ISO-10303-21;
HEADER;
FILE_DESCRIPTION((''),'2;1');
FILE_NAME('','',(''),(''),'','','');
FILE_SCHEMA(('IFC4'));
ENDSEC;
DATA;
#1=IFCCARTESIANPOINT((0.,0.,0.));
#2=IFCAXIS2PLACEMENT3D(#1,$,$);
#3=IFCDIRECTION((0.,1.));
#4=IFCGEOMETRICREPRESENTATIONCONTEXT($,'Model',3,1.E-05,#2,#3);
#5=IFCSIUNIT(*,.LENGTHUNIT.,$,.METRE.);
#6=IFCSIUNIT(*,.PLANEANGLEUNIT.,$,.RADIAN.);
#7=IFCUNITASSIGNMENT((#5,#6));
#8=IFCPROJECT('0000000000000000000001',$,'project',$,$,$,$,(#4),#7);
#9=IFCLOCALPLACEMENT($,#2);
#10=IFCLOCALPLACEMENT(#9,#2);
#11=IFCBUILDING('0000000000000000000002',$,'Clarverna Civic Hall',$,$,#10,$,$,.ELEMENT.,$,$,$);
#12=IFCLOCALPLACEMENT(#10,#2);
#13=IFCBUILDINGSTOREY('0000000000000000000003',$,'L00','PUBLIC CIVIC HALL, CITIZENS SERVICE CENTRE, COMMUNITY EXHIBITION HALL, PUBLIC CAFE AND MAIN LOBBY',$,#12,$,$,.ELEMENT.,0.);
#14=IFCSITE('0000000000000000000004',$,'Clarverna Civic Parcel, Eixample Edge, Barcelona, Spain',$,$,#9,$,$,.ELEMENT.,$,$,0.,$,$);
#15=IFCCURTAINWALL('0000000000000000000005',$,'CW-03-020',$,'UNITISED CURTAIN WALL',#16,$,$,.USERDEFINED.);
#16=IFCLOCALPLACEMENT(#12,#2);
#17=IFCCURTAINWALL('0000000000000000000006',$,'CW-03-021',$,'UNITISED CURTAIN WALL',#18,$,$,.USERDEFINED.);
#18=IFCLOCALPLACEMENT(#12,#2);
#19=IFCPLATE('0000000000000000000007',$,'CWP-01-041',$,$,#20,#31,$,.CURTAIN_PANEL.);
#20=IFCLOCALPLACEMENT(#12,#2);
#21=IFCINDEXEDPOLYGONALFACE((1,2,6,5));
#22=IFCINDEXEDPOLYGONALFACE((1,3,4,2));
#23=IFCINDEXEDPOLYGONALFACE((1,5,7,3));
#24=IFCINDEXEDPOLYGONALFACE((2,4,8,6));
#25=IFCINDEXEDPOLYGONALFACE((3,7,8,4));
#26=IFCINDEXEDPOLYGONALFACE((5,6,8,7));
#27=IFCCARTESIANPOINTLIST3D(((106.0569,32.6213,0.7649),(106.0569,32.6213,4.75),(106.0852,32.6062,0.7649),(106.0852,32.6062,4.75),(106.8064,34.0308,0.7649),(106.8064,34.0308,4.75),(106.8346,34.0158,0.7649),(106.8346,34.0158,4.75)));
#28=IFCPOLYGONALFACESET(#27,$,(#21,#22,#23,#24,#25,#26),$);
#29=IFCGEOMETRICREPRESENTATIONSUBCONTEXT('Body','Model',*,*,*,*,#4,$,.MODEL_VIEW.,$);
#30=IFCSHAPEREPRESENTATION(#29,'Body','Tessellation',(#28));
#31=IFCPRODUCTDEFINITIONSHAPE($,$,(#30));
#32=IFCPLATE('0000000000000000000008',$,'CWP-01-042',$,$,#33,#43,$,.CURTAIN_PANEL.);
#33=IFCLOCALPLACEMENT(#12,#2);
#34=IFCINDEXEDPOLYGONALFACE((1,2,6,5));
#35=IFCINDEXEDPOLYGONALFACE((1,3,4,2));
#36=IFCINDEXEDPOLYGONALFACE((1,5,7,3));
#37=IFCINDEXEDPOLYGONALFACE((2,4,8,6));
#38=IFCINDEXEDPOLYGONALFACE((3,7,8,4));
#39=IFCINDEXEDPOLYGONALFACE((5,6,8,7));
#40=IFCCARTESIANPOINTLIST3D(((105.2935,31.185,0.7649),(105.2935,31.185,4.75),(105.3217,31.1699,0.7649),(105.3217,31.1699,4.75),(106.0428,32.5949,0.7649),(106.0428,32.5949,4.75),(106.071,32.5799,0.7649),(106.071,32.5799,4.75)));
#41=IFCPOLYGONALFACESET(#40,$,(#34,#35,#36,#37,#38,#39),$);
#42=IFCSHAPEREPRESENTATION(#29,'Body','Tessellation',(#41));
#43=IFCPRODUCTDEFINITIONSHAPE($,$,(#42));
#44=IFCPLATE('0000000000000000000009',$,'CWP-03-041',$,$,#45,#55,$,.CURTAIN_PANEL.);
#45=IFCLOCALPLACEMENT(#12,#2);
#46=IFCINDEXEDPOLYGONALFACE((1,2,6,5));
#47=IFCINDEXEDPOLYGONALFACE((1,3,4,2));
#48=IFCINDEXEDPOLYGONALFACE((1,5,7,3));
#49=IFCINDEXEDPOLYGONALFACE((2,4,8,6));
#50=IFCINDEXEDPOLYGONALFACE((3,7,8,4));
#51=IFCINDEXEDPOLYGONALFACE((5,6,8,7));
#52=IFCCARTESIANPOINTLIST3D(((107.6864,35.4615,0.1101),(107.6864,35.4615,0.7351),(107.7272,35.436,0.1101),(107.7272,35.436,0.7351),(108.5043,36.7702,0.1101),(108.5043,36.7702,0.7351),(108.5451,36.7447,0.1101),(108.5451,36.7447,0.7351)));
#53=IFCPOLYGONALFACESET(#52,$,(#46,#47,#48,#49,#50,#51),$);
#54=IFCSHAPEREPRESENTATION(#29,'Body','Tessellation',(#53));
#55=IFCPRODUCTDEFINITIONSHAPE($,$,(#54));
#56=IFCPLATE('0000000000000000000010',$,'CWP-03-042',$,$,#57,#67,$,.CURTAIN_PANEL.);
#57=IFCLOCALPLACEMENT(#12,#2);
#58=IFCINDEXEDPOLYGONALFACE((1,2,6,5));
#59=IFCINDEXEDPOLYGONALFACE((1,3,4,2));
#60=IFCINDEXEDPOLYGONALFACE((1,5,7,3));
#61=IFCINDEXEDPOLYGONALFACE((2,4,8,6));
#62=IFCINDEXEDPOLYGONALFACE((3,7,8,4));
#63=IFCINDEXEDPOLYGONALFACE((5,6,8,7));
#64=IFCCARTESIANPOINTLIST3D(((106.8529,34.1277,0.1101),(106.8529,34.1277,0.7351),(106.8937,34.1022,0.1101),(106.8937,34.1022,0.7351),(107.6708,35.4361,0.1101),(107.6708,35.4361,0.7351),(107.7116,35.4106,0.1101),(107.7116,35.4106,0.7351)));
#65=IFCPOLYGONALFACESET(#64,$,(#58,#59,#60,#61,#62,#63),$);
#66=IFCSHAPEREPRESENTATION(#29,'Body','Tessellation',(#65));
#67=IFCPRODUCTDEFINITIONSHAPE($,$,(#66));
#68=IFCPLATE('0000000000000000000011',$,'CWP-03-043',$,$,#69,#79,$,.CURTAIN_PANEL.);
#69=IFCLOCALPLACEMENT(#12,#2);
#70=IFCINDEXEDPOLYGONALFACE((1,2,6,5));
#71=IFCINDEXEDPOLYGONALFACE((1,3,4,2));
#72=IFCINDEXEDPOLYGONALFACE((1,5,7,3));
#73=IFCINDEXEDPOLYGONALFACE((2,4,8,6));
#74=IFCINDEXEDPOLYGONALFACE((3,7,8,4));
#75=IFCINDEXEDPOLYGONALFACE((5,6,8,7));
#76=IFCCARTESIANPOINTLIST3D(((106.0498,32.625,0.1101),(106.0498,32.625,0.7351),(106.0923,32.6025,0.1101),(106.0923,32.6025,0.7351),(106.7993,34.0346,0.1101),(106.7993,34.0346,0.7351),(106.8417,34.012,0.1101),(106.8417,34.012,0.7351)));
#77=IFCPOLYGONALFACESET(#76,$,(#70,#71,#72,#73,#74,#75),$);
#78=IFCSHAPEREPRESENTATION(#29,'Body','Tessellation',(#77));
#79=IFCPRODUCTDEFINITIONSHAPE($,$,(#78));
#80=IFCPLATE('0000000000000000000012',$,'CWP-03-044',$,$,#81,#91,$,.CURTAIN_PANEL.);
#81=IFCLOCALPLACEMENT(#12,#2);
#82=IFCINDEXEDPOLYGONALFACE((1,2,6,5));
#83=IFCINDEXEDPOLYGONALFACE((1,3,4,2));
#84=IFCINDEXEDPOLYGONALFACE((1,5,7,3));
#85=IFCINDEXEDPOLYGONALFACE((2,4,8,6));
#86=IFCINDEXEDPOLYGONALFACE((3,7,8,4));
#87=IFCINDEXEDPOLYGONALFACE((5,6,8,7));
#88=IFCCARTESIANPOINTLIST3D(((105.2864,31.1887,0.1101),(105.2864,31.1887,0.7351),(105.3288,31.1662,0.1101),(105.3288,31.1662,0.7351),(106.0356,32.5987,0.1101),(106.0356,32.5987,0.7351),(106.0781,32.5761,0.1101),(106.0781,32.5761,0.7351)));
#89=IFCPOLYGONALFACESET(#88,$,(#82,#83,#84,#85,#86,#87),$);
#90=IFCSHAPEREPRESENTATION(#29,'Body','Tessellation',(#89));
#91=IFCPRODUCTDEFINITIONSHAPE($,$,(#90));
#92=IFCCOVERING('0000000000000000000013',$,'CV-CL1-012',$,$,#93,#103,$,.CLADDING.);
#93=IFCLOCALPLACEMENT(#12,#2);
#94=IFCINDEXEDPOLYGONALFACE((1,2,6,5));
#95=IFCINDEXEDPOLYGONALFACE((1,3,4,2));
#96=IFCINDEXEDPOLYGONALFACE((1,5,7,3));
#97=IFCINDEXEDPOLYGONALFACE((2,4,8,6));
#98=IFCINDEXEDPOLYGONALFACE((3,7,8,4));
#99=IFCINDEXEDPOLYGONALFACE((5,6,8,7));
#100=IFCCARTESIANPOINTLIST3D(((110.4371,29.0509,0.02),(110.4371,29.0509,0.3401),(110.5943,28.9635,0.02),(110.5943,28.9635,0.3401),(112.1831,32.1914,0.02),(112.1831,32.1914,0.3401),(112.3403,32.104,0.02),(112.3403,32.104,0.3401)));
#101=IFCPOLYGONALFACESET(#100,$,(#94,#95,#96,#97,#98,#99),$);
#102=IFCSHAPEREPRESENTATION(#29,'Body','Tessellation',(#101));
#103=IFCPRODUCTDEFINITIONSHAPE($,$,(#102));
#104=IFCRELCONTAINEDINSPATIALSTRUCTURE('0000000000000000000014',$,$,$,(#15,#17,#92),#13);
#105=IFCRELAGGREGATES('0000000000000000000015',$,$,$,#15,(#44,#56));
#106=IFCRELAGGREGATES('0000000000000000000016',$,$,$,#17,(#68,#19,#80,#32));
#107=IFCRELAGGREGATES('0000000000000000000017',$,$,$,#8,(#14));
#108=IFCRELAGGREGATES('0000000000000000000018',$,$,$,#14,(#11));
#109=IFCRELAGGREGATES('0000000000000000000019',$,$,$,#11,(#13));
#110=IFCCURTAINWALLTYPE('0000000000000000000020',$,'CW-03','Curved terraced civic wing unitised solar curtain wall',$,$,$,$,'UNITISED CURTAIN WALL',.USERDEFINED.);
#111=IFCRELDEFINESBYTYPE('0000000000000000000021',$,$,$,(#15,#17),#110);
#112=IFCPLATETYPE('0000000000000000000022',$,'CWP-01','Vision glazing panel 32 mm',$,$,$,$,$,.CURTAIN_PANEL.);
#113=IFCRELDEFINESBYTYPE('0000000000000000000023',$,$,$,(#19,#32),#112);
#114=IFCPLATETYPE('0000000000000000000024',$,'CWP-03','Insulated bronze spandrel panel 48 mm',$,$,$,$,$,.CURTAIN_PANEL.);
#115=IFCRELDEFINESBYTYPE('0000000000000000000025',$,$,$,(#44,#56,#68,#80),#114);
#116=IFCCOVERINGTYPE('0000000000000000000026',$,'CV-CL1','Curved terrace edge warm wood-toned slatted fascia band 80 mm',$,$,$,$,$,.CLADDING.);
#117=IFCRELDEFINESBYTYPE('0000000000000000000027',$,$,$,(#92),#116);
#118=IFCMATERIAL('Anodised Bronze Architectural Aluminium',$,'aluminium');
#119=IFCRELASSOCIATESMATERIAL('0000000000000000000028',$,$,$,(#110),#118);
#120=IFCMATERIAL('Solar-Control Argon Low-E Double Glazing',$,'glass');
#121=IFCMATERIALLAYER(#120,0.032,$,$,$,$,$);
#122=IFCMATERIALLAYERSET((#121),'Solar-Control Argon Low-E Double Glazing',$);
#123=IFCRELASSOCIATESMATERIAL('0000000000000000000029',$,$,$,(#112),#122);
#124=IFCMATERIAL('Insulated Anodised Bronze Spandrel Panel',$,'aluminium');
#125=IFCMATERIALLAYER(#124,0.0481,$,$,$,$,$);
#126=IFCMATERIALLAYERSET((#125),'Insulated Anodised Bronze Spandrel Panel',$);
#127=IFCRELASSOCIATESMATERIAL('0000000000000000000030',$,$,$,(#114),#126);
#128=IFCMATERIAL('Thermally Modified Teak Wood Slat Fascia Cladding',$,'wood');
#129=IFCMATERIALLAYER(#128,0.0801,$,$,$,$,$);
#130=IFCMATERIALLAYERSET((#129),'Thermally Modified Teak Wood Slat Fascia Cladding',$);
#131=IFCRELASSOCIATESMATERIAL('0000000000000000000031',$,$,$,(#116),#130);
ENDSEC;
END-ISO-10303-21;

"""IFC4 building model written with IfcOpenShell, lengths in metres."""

from ifc_helpers import new_model, si_unit, direction, frame, frame_2d, origin, place, context, subcontext, project, spatial, rectangle, extrude, material, layer, layer_set, type_object, element, aggregate, save


model = new_model("IFC4")

# Units and contexts
model_context = context("Model", 3, precision=1e-05, world=origin(), true_north=direction((0.0, 1.0)))
body_context = subcontext(model_context, "Body", "Model", "MODEL_VIEW")
ifc_project = project(units=[si_unit("LENGTHUNIT", "METRE"), si_unit("PLANEANGLEUNIT", "RADIAN")], contexts=[model_context])

# Site, building, storey
site_placement = place(None, origin())
site = spatial("IfcSite", under=ifc_project, at=site_placement, Name="Clarverna Civic Parcel, Eixample Edge, Barcelona, Spain", CompositionType="ELEMENT", RefElevation=0.0)
building_placement = place(site_placement, origin())
building = spatial("IfcBuilding", under=site, at=building_placement, Name="Clarverna Civic Hall", CompositionType="ELEMENT")
storey_placement = place(building_placement, origin())
storey = spatial("IfcBuildingStorey", under=building, at=storey_placement, Name="L00", Description="PUBLIC CIVIC HALL, CITIZENS SERVICE CENTRE, COMMUNITY EXHIBITION HALL, PUBLIC CAFE AND MAIN LOBBY", CompositionType="ELEMENT", Elevation=0.0)

# Curtain walls
ifc_material_1 = material(Name="Anodised Bronze Architectural Aluminium", Category="aluminium")
curtain_wall_type = type_object("IfcCurtainWallType", Name="CW-03", Description="Curved terraced civic wing unitised solar curtain wall", ElementType="UNITISED CURTAIN WALL", PredefinedType="USERDEFINED", material=ifc_material_1)
curtain_wall_1_placement = place(storey_placement, origin())
curtain_wall_1 = element("IfcCurtainWall", 1, at=curtain_wall_1_placement, inside=storey, type_object=curtain_wall_type, Name="CW-03-020", ObjectType="UNITISED CURTAIN WALL", PredefinedType="USERDEFINED")
curtain_wall_2_placement = place(storey_placement, origin())
curtain_wall_2 = element("IfcCurtainWall", 2, at=curtain_wall_2_placement, inside=storey, type_object=curtain_wall_type, Name="CW-03-021", ObjectType="UNITISED CURTAIN WALL", PredefinedType="USERDEFINED")

# Plates
ifc_material_2 = material(Name="Solar-Control Argon Low-E Double Glazing", Category="glass")
ifc_layer_1 = layer(ifc_material_2, 0.032)
ifc_layer_set_1 = layer_set([ifc_layer_1], Name="Solar-Control Argon Low-E Double Glazing")
plate_type_1 = type_object("IfcPlateType", Name="CWP-01", Description="Vision glazing panel 32 mm", PredefinedType="CURTAIN_PANEL", material=ifc_layer_set_1)
plate_1_placement = place(storey_placement, frame((106.8206, 34.0234, 0.7649), z_axis=(0.0, 0.0, 1.0), x_axis=(-0.469461, -0.882953, 0.0)))
plate_1 = element("IfcPlate", 3, at=plate_1_placement, type_object=plate_type_1, Name="CWP-01-041", PredefinedType="CURTAIN_PANEL", context=body_context, shape_type="SweptSolid", body=[
    extrude(rectangle(XDim=1.5964, YDim=0.032, at=frame_2d((0.7983, 0.0))), origin(), (0.0, 0.0, 1.0), 3.9851),
])
plate_2_placement = place(storey_placement, frame((106.0569, 32.5874, 0.7649), z_axis=(0.0, 0.0, 1.0), x_axis=(-0.469278, -0.88305, 0.0)))
plate_2 = element("IfcPlate", 4, at=plate_2_placement, type_object=plate_type_1, Name="CWP-01-042", PredefinedType="CURTAIN_PANEL", context=body_context, shape_type="SweptSolid", body=[
    extrude(rectangle(XDim=1.5967, YDim=0.032, at=frame_2d((0.7983, 0.0))), origin(), (0.0, 0.0, 1.0), 3.9851),
])
ifc_material_3 = material(Name="Insulated Anodised Bronze Spandrel Panel", Category="aluminium")
ifc_layer_2 = layer(ifc_material_3, 0.0481)
ifc_layer_set_2 = layer_set([ifc_layer_2], Name="Insulated Anodised Bronze Spandrel Panel")
plate_type_2 = type_object("IfcPlateType", Name="CWP-03", Description="Insulated bronze spandrel panel 48 mm", PredefinedType="CURTAIN_PANEL", material=ifc_layer_set_2)
plate_3_placement = place(storey_placement, frame((108.5247, 36.7573, 0.1101), z_axis=(0.0, 0.0, 1.0), x_axis=(-0.529999, -0.847998, 0.0)))
plate_3 = element("IfcPlate", 5, at=plate_3_placement, type_object=plate_type_2, Name="CWP-03-041", PredefinedType="CURTAIN_PANEL", context=body_context, shape_type="SweptSolid", body=[
    extrude(rectangle(XDim=1.5432, YDim=0.0481, at=frame_2d((0.7715, 0.0))), origin(), (0.0, 0.0, 1.0), 0.625),
])
plate_4_placement = place(storey_placement, frame((107.6912, 35.4233, 0.1101), z_axis=(0.0, 0.0, 1.0), x_axis=(-0.53007, -0.847954, 0.0)))
plate_4 = element("IfcPlate", 6, at=plate_4_placement, type_object=plate_type_2, Name="CWP-03-042", PredefinedType="CURTAIN_PANEL", context=body_context, shape_type="SweptSolid", body=[
    extrude(rectangle(XDim=1.543, YDim=0.0481, at=frame_2d((0.7715, 0.0))), origin(), (0.0, 0.0, 1.0), 0.625),
])
aggregate(curtain_wall_1, [plate_3, plate_4])
plate_5_placement = place(storey_placement, frame((106.8206, 34.0234, 0.1101), z_axis=(0.0, 0.0, 1.0), x_axis=(-0.469461, -0.882953, 0.0)))
plate_5 = element("IfcPlate", 7, at=plate_5_placement, type_object=plate_type_2, Name="CWP-03-043", PredefinedType="CURTAIN_PANEL", context=body_context, shape_type="SweptSolid", body=[
    extrude(rectangle(XDim=1.5964, YDim=0.0481, at=frame_2d((0.7983, 0.0))), origin(), (0.0, 0.0, 1.0), 0.625),
])
plate_6_placement = place(storey_placement, frame((106.0569, 32.5874, 0.1101), z_axis=(0.0, 0.0, 1.0), x_axis=(-0.469278, -0.88305, 0.0)))
plate_6 = element("IfcPlate", 8, at=plate_6_placement, type_object=plate_type_2, Name="CWP-03-044", PredefinedType="CURTAIN_PANEL", context=body_context, shape_type="SweptSolid", body=[
    extrude(rectangle(XDim=1.5967, YDim=0.0481, at=frame_2d((0.7983, 0.0))), origin(), (0.0, 0.0, 1.0), 0.625),
])
aggregate(curtain_wall_2, [plate_5, plate_1, plate_6, plate_2])

# Covering
ifc_material_4 = material(Name="Thermally Modified Teak Wood Slat Fascia Cladding", Category="wood")
ifc_layer_3 = layer(ifc_material_4, 0.0801)
ifc_layer_set_3 = layer_set([ifc_layer_3], Name="Thermally Modified Teak Wood Slat Fascia Cladding")
covering_type = type_object("IfcCoveringType", Name="CV-CL1", Description="Curved terrace edge warm wood-toned slatted fascia band 80 mm", PredefinedType="CLADDING", material=ifc_layer_set_3)
covering_placement = place(storey_placement, frame((112.2617, 32.1477, 0.02), z_axis=(0.0, 0.0, 1.0), x_axis=(-0.48592, -0.874003, 0.0)))
element("IfcCovering", 9, at=covering_placement, inside=storey, type_object=covering_type, Name="CV-CL1-012", PredefinedType="CLADDING", context=body_context, shape_type="SweptSolid", body=[
    extrude(rectangle(XDim=3.5933, YDim=0.1799, at=frame_2d((1.7966, 0.0))), origin(), (0.0, 0.0, 1.0), 0.3201),
])

save(model, "model.ifc")
